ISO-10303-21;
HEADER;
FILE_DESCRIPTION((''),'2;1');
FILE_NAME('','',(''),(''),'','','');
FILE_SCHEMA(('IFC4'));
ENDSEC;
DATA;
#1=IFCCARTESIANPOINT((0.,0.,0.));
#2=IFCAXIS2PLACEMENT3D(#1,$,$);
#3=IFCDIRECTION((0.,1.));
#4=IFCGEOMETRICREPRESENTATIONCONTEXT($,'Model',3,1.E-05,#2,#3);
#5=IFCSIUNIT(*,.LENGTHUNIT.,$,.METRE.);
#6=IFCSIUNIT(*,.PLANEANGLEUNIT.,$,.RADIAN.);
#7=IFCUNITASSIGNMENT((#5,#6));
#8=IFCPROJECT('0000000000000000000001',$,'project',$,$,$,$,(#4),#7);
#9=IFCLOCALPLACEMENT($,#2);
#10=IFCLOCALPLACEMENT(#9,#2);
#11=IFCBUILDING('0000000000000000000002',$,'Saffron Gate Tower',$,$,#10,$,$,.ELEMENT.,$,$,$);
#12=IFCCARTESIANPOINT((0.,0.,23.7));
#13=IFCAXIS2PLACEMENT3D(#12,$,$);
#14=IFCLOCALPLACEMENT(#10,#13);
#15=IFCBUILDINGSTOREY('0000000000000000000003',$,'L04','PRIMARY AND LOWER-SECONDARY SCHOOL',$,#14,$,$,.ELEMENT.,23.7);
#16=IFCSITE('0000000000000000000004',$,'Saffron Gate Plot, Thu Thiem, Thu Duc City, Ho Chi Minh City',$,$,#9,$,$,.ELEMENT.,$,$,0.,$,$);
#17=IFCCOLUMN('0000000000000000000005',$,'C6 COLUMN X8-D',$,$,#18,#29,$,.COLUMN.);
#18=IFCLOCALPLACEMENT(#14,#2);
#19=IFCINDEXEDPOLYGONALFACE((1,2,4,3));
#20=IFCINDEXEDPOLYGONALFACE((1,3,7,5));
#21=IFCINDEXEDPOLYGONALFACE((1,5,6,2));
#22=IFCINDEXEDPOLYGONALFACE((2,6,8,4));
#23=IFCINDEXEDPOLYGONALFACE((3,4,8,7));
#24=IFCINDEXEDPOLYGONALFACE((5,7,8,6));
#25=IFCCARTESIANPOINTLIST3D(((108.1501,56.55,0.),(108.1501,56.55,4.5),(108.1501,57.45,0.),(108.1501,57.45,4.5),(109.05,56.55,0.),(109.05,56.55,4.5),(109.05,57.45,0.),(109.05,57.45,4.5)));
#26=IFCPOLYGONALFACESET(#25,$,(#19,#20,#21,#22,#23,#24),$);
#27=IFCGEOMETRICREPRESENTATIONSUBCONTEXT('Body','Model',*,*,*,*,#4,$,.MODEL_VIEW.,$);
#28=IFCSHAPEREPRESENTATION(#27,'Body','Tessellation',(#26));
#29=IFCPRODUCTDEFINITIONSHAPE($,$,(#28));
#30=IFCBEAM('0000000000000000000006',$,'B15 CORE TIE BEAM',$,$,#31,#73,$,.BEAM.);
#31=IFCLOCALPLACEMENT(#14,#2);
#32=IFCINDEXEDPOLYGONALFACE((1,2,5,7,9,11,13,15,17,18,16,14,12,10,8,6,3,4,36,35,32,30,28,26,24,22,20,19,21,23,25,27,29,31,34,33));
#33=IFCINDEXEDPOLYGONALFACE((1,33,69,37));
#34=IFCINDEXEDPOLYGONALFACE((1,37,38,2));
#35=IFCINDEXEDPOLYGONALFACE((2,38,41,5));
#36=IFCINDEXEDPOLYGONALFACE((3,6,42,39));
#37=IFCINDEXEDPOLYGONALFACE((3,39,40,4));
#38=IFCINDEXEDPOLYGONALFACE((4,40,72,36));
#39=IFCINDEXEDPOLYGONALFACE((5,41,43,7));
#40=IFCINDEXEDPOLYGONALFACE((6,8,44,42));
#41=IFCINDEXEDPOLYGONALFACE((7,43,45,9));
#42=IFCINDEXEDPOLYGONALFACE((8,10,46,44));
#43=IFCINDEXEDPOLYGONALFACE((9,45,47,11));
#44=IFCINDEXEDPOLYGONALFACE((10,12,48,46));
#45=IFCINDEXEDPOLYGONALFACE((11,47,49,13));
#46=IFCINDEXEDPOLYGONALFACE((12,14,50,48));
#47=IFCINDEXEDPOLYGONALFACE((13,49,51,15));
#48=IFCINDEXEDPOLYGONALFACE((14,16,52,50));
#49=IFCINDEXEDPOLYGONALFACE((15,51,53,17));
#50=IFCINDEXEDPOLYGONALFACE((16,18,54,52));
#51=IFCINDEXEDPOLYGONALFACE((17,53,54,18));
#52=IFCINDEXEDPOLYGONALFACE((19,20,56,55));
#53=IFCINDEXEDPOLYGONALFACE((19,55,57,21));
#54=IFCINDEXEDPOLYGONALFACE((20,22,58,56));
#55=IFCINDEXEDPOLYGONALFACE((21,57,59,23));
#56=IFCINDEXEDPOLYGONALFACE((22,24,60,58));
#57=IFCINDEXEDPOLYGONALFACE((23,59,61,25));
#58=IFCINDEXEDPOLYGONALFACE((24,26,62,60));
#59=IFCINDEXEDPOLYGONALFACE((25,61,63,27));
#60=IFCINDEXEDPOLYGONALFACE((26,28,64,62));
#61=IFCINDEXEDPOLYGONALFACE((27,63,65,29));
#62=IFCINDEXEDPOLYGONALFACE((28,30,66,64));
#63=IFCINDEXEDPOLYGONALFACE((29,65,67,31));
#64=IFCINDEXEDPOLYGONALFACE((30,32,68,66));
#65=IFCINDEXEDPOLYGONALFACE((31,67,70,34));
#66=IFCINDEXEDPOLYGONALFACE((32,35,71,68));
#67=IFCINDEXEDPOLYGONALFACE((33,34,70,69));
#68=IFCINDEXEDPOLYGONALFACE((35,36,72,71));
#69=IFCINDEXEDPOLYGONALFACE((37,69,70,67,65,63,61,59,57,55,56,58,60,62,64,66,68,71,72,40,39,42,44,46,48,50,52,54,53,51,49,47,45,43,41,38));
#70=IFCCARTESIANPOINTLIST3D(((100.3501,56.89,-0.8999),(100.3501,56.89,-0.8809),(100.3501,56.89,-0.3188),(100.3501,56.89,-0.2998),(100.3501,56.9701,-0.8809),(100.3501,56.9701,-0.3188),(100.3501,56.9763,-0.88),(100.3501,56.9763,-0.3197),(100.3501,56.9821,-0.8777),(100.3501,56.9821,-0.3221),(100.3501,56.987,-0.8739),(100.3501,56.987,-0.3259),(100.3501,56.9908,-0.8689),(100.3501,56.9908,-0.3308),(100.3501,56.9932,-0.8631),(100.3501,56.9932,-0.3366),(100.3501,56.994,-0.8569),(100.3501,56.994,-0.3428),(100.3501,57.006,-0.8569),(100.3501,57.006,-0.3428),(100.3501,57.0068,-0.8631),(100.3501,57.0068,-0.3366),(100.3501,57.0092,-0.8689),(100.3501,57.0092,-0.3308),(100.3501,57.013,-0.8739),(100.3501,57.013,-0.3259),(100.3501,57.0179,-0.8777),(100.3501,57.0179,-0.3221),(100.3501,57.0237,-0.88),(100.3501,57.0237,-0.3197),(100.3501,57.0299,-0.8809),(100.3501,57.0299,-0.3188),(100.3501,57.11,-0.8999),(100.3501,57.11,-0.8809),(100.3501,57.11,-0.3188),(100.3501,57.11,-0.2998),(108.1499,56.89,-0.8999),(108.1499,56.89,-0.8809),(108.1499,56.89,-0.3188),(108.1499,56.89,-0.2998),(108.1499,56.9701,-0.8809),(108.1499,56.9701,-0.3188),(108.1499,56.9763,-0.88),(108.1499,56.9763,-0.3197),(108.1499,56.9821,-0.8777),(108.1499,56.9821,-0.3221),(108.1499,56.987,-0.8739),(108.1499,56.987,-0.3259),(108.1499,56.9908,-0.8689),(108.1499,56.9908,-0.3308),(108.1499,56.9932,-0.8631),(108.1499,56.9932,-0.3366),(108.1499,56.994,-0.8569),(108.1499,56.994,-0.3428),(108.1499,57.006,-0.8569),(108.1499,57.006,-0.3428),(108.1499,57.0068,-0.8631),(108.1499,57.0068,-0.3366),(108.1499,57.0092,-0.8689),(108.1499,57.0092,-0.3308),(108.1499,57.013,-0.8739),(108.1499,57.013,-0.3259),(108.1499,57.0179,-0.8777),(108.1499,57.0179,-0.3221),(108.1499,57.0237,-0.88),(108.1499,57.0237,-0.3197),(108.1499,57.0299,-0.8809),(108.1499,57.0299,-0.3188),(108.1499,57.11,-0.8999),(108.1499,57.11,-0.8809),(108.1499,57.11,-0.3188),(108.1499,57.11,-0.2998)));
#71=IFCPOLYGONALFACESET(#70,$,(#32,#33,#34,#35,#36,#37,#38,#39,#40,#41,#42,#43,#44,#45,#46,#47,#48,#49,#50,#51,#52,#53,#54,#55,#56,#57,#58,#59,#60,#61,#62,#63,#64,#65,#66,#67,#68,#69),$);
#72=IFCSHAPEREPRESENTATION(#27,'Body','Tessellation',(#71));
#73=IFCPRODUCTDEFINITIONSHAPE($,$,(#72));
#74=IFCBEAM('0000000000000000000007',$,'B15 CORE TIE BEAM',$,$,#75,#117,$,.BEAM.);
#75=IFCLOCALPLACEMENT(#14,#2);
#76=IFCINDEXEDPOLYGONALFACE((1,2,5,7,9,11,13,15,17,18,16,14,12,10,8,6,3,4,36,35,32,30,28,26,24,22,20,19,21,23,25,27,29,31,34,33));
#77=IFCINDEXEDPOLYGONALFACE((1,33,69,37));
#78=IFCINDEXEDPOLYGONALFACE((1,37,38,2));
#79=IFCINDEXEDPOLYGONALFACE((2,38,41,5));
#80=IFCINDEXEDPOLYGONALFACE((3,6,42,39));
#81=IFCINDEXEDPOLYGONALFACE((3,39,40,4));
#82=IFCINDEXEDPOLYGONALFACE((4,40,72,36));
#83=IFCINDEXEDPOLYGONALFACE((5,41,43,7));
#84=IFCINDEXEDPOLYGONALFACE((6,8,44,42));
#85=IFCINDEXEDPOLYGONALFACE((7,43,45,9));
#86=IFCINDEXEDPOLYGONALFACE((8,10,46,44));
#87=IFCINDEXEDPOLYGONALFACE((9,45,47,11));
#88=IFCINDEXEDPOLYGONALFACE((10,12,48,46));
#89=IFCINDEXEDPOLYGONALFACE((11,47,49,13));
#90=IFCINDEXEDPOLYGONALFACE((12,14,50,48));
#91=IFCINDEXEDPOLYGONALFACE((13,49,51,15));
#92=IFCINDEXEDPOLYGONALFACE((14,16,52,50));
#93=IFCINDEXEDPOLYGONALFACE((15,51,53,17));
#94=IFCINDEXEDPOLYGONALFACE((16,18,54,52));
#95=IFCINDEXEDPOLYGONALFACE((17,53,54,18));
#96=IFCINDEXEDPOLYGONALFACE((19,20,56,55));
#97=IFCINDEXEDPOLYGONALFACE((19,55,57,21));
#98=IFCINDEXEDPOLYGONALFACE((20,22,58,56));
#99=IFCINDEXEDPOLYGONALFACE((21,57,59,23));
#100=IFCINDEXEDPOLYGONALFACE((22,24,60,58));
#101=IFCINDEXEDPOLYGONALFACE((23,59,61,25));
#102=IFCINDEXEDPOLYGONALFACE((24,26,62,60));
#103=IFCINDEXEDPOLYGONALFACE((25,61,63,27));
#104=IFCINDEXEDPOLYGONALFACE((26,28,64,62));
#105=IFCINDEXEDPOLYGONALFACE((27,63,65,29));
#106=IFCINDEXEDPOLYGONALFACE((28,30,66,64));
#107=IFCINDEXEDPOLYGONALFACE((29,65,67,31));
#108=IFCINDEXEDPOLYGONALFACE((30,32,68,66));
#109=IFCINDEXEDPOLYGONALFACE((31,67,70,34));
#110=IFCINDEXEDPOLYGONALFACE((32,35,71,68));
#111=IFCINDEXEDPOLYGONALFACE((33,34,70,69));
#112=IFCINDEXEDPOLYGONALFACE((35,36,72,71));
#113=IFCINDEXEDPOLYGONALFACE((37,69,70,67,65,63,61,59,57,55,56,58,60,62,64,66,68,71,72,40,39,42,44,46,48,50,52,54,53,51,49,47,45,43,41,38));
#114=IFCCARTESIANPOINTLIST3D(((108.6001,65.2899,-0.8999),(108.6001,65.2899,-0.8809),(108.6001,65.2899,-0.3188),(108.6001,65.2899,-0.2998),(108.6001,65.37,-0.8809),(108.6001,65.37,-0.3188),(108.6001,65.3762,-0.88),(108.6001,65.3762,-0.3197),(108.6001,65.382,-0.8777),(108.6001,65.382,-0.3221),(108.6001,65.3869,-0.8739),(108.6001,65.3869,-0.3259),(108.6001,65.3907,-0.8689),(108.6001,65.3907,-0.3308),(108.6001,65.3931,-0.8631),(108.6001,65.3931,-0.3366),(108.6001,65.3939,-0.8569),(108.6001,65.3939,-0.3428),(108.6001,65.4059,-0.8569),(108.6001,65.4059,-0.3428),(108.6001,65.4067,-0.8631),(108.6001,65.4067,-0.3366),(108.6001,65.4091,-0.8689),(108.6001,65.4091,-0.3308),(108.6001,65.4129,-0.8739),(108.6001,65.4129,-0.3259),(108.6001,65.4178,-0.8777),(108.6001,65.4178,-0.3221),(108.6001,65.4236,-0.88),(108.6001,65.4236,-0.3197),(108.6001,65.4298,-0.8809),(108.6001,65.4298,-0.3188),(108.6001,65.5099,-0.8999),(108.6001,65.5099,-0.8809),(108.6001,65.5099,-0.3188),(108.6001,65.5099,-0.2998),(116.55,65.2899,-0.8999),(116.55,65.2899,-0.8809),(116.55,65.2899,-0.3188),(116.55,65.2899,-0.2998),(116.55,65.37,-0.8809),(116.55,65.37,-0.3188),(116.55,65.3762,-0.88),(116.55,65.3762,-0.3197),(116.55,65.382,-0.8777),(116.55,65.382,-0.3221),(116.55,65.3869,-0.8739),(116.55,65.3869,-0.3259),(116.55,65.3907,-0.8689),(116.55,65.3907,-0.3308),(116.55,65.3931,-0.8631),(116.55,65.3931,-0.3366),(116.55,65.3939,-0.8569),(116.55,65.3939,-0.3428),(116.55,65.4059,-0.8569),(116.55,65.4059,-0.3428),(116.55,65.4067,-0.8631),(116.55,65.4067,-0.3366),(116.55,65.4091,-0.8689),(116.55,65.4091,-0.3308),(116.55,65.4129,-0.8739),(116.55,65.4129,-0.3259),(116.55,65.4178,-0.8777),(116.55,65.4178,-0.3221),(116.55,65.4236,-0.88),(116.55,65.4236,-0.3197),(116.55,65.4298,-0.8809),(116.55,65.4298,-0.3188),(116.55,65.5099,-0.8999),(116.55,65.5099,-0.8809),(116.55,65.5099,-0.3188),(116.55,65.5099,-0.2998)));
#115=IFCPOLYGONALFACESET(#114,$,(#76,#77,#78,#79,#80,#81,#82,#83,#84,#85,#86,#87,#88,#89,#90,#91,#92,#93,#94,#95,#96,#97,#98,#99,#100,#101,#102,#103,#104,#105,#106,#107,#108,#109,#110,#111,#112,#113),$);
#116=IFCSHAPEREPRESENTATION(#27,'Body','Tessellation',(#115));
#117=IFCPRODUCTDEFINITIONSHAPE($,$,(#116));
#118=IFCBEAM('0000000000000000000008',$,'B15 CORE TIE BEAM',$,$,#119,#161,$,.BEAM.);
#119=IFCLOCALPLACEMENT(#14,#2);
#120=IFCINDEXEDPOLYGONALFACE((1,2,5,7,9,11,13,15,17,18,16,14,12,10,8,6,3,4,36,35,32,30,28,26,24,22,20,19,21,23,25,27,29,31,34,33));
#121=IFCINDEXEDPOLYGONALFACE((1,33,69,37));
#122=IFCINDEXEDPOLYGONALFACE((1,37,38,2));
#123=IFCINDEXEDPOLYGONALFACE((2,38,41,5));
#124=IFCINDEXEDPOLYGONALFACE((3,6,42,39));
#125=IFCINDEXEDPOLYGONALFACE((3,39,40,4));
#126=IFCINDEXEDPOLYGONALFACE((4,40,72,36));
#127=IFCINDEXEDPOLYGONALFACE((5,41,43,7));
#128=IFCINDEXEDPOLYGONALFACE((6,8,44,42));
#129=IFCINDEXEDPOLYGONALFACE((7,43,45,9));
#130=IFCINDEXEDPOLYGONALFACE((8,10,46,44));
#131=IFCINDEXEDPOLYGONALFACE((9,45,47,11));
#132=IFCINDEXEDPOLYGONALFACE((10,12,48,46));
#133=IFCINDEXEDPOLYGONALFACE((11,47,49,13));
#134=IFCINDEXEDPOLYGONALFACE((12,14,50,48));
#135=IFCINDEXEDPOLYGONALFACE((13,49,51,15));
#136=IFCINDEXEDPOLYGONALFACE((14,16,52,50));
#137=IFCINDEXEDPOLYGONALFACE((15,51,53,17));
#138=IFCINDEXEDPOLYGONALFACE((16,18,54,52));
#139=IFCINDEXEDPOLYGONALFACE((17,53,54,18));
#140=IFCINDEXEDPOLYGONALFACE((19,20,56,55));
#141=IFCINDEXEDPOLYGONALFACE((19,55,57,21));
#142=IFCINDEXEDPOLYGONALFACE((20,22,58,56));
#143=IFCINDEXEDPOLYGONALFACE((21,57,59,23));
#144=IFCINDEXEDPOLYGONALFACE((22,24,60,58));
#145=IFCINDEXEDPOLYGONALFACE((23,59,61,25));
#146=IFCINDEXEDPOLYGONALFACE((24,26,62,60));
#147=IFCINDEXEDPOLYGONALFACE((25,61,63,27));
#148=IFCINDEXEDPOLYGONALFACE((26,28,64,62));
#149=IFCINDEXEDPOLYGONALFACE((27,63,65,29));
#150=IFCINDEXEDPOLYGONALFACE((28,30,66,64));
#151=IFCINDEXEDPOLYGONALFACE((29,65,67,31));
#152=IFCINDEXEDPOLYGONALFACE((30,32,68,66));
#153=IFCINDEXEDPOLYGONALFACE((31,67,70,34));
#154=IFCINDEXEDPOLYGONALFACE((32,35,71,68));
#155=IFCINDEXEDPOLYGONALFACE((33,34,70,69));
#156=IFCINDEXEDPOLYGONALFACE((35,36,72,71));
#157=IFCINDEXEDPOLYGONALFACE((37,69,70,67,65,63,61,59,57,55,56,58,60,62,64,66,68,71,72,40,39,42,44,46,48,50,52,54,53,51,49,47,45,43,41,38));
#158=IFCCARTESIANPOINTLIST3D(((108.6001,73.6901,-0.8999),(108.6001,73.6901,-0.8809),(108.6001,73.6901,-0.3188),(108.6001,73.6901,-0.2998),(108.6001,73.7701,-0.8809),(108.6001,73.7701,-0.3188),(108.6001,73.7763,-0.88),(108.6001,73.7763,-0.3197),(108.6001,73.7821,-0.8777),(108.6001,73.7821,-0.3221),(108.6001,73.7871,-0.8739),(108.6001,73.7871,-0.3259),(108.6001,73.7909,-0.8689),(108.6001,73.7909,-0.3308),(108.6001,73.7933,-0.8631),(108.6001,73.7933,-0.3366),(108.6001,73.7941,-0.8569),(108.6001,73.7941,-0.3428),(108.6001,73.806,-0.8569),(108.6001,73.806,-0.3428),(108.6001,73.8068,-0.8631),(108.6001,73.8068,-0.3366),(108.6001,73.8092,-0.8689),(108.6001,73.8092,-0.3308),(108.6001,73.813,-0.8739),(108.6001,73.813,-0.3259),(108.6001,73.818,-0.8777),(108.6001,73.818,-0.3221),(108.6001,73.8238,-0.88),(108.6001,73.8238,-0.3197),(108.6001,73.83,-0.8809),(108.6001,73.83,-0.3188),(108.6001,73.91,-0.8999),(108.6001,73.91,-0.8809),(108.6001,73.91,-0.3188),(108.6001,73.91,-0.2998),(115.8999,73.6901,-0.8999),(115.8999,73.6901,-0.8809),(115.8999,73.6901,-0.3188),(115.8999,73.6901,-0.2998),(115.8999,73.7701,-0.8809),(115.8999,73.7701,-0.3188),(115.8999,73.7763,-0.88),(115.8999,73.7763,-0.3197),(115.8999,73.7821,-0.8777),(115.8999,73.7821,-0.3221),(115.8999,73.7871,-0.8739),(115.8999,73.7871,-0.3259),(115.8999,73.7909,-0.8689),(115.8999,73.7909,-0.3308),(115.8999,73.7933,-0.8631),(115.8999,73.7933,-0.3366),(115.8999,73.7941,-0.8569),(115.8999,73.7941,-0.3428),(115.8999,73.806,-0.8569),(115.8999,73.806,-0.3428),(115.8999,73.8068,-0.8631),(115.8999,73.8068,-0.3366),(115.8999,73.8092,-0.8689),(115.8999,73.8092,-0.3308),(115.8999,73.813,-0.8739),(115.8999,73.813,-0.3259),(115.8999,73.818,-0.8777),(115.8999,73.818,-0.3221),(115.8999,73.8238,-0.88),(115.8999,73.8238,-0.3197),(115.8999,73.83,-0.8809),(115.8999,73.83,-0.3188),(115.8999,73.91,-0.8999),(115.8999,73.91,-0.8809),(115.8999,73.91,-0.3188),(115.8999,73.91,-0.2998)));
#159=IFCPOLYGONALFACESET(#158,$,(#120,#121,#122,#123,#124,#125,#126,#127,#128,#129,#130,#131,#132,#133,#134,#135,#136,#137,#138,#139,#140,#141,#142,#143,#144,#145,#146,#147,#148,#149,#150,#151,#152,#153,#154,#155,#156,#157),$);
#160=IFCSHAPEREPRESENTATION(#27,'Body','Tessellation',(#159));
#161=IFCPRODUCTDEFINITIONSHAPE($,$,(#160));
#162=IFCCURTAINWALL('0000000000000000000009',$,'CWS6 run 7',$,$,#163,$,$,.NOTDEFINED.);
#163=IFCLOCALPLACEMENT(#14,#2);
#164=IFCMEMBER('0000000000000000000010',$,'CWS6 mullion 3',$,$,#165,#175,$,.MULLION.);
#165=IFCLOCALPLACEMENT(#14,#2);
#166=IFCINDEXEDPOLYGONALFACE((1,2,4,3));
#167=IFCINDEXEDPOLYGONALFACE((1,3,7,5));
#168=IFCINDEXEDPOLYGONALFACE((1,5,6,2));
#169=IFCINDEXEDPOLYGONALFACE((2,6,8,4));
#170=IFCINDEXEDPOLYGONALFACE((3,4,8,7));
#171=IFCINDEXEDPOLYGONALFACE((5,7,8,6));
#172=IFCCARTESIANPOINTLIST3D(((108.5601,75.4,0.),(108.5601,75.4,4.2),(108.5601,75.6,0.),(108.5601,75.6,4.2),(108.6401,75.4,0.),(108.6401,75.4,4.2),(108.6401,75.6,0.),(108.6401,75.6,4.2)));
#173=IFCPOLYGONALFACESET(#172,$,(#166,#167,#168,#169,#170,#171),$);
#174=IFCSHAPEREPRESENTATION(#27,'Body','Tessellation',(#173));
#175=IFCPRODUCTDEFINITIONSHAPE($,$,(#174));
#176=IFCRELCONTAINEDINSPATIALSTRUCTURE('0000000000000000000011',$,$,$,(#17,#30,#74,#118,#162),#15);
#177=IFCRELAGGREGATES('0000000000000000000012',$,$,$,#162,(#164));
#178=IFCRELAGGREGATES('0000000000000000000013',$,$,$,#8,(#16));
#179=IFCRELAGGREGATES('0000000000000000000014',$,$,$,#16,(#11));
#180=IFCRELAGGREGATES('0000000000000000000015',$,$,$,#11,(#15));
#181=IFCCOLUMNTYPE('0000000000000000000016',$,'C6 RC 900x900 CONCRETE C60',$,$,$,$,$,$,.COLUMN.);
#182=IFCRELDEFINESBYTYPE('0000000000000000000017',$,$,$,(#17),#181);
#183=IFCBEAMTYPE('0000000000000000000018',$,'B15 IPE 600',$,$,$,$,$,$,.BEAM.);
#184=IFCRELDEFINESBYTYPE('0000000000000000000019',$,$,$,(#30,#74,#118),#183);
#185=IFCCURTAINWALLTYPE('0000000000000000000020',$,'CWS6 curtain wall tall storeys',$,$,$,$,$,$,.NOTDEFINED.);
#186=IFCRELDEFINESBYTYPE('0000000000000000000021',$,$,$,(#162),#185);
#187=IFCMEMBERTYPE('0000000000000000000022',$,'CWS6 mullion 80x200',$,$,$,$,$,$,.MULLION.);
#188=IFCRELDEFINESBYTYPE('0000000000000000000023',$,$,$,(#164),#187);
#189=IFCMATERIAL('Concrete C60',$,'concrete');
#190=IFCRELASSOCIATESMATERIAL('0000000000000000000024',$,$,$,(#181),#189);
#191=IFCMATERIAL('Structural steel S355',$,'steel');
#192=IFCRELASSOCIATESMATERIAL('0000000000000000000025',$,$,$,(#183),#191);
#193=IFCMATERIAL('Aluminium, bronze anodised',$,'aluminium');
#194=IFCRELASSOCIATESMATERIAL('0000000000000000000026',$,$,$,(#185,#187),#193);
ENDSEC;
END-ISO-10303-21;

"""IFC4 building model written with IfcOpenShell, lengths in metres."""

from ifc_helpers import new_model, si_unit, direction, frame, origin, origin_2d, place, context, subcontext, project, spatial, rectangle, i_section, extrude, material, material_profile, profile_set, type_object, element, aggregate, save


model = new_model("IFC4")

# Units and contexts
model_context = context("Model", 3, precision=1e-05, world=origin(), true_north=direction((0.0, 1.0)))
body_context = subcontext(model_context, "Body", "Model", "MODEL_VIEW")
ifc_project = project(units=[si_unit("LENGTHUNIT", "METRE"), si_unit("PLANEANGLEUNIT", "RADIAN")], contexts=[model_context])

# Site, building, storey
site_placement = place(None, origin())
site = spatial("IfcSite", under=ifc_project, at=site_placement, Name="Saffron Gate Plot, Thu Thiem, Thu Duc City, Ho Chi Minh City", CompositionType="ELEMENT", RefElevation=0.0)
building_placement = place(site_placement, origin())
building = spatial("IfcBuilding", under=site, at=building_placement, Name="Saffron Gate Tower", CompositionType="ELEMENT")
storey_placement = place(building_placement, frame((0.0, 0.0, 23.7)))
storey = spatial("IfcBuildingStorey", under=building, at=storey_placement, Name="L04", Description="PRIMARY AND LOWER-SECONDARY SCHOOL", CompositionType="ELEMENT", Elevation=23.7)

# Column
ifc_material_1 = material(Name="Concrete C60", Category="concrete")
ifc_material_profile_1 = material_profile(ifc_material_1, rectangle(XDim=0.8999, YDim=0.8999, at=origin_2d()))
ifc_profile_set_1 = profile_set([ifc_material_profile_1], Name="Concrete C60")
column_type = type_object("IfcColumnType", Name="C6 RC 900x900 CONCRETE C60", PredefinedType="COLUMN", material=ifc_profile_set_1)
column_placement = place(storey_placement, frame((108.6001, 57.0, 0.0), z_axis=(0.0, 0.0, 1.0), x_axis=(1.0, 0.0, 0.0)))
element("IfcColumn", 1, at=column_placement, inside=storey, type_object=column_type, Name="C6 COLUMN X8-D", PredefinedType="COLUMN", context=body_context, shape_type="SweptSolid", body=[
    extrude(rectangle(XDim=0.8999, YDim=0.8999, at=origin_2d()), origin(), (0.0, 0.0, 1.0), 4.5),
])

# Beams
ifc_material_2 = material(Name="Structural steel S355", Category="steel")
ifc_material_profile_2 = material_profile(ifc_material_2, i_section(OverallWidth=0.22, OverallDepth=0.6001, WebThickness=0.012, FlangeThickness=0.019, FilletRadius=0.0239, at=origin_2d()))
ifc_profile_set_2 = profile_set([ifc_material_profile_2], Name="Structural steel S355")
beam_type = type_object("IfcBeamType", Name="B15 IPE 600", PredefinedType="BEAM", material=ifc_profile_set_2)
beam_1_placement = place(storey_placement, frame((108.1499, 57.0, -0.5999), z_axis=(-1.0, 0.0, 0.0), x_axis=(0.0, -1.0, 0.0)))
element("IfcBeam", 2, at=beam_1_placement, inside=storey, type_object=beam_type, Name="B15 CORE TIE BEAM", PredefinedType="BEAM", context=body_context, shape_type="SweptSolid", body=[
    extrude(i_section(OverallWidth=0.22, OverallDepth=0.6001, WebThickness=0.012, FlangeThickness=0.019, FilletRadius=0.0239, at=origin_2d()), origin(), (0.0, 0.0, 1.0), 7.7998),
])
beam_2_placement = place(storey_placement, frame((116.55, 65.3999, -0.5999), z_axis=(-1.0, 0.0, 0.0), x_axis=(0.0, -1.0, 0.0)))
element("IfcBeam", 3, at=beam_2_placement, inside=storey, type_object=beam_type, Name="B15 CORE TIE BEAM", PredefinedType="BEAM", context=body_context, shape_type="SweptSolid", body=[
    extrude(i_section(OverallWidth=0.22, OverallDepth=0.6001, WebThickness=0.012, FlangeThickness=0.019, FilletRadius=0.0239, at=origin_2d()), origin(), (0.0, 0.0, 1.0), 7.95),
])
beam_3_placement = place(storey_placement, frame((115.8999, 73.8, -0.5999), z_axis=(-1.0, 0.0, 0.0), x_axis=(0.0, -1.0, 0.0)))
element("IfcBeam", 4, at=beam_3_placement, inside=storey, type_object=beam_type, Name="B15 CORE TIE BEAM", PredefinedType="BEAM", context=body_context, shape_type="SweptSolid", body=[
    extrude(i_section(OverallWidth=0.22, OverallDepth=0.6001, WebThickness=0.012, FlangeThickness=0.019, FilletRadius=0.0239, at=origin_2d()), origin(), (0.0, 0.0, 1.0), 7.2998),
])

# Curtain wall, member
ifc_material_3 = material(Name="Aluminium, bronze anodised", Category="aluminium")
curtain_wall_type = type_object("IfcCurtainWallType", Name="CWS6 curtain wall tall storeys", PredefinedType="NOTDEFINED", material=ifc_material_3)
curtain_wall_placement = place(storey_placement, origin())
curtain_wall = element("IfcCurtainWall", 5, at=curtain_wall_placement, inside=storey, type_object=curtain_wall_type, Name="CWS6 run 7", PredefinedType="NOTDEFINED")
ifc_material_profile_3 = material_profile(ifc_material_3, rectangle(XDim=0.2, YDim=0.0801, at=origin_2d()))
ifc_profile_set_3 = profile_set([ifc_material_profile_3], Name="Aluminium, bronze anodised")
member_type = type_object("IfcMemberType", Name="CWS6 mullion 80x200", PredefinedType="MULLION", material=ifc_profile_set_3)
member_placement = place(storey_placement, frame((108.6001, 75.5, 0.0), z_axis=(0.0, 0.0, 1.0), x_axis=(0.0, -1.0, 0.0)))
member = element("IfcMember", 6, at=member_placement, type_object=member_type, Name="CWS6 mullion 3", PredefinedType="MULLION", context=body_context, shape_type="SweptSolid", body=[
    extrude(rectangle(XDim=0.2, YDim=0.0801, at=origin_2d()), origin(), (0.0, 0.0, 1.0), 4.2),
])
aggregate(curtain_wall, [member])

save(model, "model.ifc")
